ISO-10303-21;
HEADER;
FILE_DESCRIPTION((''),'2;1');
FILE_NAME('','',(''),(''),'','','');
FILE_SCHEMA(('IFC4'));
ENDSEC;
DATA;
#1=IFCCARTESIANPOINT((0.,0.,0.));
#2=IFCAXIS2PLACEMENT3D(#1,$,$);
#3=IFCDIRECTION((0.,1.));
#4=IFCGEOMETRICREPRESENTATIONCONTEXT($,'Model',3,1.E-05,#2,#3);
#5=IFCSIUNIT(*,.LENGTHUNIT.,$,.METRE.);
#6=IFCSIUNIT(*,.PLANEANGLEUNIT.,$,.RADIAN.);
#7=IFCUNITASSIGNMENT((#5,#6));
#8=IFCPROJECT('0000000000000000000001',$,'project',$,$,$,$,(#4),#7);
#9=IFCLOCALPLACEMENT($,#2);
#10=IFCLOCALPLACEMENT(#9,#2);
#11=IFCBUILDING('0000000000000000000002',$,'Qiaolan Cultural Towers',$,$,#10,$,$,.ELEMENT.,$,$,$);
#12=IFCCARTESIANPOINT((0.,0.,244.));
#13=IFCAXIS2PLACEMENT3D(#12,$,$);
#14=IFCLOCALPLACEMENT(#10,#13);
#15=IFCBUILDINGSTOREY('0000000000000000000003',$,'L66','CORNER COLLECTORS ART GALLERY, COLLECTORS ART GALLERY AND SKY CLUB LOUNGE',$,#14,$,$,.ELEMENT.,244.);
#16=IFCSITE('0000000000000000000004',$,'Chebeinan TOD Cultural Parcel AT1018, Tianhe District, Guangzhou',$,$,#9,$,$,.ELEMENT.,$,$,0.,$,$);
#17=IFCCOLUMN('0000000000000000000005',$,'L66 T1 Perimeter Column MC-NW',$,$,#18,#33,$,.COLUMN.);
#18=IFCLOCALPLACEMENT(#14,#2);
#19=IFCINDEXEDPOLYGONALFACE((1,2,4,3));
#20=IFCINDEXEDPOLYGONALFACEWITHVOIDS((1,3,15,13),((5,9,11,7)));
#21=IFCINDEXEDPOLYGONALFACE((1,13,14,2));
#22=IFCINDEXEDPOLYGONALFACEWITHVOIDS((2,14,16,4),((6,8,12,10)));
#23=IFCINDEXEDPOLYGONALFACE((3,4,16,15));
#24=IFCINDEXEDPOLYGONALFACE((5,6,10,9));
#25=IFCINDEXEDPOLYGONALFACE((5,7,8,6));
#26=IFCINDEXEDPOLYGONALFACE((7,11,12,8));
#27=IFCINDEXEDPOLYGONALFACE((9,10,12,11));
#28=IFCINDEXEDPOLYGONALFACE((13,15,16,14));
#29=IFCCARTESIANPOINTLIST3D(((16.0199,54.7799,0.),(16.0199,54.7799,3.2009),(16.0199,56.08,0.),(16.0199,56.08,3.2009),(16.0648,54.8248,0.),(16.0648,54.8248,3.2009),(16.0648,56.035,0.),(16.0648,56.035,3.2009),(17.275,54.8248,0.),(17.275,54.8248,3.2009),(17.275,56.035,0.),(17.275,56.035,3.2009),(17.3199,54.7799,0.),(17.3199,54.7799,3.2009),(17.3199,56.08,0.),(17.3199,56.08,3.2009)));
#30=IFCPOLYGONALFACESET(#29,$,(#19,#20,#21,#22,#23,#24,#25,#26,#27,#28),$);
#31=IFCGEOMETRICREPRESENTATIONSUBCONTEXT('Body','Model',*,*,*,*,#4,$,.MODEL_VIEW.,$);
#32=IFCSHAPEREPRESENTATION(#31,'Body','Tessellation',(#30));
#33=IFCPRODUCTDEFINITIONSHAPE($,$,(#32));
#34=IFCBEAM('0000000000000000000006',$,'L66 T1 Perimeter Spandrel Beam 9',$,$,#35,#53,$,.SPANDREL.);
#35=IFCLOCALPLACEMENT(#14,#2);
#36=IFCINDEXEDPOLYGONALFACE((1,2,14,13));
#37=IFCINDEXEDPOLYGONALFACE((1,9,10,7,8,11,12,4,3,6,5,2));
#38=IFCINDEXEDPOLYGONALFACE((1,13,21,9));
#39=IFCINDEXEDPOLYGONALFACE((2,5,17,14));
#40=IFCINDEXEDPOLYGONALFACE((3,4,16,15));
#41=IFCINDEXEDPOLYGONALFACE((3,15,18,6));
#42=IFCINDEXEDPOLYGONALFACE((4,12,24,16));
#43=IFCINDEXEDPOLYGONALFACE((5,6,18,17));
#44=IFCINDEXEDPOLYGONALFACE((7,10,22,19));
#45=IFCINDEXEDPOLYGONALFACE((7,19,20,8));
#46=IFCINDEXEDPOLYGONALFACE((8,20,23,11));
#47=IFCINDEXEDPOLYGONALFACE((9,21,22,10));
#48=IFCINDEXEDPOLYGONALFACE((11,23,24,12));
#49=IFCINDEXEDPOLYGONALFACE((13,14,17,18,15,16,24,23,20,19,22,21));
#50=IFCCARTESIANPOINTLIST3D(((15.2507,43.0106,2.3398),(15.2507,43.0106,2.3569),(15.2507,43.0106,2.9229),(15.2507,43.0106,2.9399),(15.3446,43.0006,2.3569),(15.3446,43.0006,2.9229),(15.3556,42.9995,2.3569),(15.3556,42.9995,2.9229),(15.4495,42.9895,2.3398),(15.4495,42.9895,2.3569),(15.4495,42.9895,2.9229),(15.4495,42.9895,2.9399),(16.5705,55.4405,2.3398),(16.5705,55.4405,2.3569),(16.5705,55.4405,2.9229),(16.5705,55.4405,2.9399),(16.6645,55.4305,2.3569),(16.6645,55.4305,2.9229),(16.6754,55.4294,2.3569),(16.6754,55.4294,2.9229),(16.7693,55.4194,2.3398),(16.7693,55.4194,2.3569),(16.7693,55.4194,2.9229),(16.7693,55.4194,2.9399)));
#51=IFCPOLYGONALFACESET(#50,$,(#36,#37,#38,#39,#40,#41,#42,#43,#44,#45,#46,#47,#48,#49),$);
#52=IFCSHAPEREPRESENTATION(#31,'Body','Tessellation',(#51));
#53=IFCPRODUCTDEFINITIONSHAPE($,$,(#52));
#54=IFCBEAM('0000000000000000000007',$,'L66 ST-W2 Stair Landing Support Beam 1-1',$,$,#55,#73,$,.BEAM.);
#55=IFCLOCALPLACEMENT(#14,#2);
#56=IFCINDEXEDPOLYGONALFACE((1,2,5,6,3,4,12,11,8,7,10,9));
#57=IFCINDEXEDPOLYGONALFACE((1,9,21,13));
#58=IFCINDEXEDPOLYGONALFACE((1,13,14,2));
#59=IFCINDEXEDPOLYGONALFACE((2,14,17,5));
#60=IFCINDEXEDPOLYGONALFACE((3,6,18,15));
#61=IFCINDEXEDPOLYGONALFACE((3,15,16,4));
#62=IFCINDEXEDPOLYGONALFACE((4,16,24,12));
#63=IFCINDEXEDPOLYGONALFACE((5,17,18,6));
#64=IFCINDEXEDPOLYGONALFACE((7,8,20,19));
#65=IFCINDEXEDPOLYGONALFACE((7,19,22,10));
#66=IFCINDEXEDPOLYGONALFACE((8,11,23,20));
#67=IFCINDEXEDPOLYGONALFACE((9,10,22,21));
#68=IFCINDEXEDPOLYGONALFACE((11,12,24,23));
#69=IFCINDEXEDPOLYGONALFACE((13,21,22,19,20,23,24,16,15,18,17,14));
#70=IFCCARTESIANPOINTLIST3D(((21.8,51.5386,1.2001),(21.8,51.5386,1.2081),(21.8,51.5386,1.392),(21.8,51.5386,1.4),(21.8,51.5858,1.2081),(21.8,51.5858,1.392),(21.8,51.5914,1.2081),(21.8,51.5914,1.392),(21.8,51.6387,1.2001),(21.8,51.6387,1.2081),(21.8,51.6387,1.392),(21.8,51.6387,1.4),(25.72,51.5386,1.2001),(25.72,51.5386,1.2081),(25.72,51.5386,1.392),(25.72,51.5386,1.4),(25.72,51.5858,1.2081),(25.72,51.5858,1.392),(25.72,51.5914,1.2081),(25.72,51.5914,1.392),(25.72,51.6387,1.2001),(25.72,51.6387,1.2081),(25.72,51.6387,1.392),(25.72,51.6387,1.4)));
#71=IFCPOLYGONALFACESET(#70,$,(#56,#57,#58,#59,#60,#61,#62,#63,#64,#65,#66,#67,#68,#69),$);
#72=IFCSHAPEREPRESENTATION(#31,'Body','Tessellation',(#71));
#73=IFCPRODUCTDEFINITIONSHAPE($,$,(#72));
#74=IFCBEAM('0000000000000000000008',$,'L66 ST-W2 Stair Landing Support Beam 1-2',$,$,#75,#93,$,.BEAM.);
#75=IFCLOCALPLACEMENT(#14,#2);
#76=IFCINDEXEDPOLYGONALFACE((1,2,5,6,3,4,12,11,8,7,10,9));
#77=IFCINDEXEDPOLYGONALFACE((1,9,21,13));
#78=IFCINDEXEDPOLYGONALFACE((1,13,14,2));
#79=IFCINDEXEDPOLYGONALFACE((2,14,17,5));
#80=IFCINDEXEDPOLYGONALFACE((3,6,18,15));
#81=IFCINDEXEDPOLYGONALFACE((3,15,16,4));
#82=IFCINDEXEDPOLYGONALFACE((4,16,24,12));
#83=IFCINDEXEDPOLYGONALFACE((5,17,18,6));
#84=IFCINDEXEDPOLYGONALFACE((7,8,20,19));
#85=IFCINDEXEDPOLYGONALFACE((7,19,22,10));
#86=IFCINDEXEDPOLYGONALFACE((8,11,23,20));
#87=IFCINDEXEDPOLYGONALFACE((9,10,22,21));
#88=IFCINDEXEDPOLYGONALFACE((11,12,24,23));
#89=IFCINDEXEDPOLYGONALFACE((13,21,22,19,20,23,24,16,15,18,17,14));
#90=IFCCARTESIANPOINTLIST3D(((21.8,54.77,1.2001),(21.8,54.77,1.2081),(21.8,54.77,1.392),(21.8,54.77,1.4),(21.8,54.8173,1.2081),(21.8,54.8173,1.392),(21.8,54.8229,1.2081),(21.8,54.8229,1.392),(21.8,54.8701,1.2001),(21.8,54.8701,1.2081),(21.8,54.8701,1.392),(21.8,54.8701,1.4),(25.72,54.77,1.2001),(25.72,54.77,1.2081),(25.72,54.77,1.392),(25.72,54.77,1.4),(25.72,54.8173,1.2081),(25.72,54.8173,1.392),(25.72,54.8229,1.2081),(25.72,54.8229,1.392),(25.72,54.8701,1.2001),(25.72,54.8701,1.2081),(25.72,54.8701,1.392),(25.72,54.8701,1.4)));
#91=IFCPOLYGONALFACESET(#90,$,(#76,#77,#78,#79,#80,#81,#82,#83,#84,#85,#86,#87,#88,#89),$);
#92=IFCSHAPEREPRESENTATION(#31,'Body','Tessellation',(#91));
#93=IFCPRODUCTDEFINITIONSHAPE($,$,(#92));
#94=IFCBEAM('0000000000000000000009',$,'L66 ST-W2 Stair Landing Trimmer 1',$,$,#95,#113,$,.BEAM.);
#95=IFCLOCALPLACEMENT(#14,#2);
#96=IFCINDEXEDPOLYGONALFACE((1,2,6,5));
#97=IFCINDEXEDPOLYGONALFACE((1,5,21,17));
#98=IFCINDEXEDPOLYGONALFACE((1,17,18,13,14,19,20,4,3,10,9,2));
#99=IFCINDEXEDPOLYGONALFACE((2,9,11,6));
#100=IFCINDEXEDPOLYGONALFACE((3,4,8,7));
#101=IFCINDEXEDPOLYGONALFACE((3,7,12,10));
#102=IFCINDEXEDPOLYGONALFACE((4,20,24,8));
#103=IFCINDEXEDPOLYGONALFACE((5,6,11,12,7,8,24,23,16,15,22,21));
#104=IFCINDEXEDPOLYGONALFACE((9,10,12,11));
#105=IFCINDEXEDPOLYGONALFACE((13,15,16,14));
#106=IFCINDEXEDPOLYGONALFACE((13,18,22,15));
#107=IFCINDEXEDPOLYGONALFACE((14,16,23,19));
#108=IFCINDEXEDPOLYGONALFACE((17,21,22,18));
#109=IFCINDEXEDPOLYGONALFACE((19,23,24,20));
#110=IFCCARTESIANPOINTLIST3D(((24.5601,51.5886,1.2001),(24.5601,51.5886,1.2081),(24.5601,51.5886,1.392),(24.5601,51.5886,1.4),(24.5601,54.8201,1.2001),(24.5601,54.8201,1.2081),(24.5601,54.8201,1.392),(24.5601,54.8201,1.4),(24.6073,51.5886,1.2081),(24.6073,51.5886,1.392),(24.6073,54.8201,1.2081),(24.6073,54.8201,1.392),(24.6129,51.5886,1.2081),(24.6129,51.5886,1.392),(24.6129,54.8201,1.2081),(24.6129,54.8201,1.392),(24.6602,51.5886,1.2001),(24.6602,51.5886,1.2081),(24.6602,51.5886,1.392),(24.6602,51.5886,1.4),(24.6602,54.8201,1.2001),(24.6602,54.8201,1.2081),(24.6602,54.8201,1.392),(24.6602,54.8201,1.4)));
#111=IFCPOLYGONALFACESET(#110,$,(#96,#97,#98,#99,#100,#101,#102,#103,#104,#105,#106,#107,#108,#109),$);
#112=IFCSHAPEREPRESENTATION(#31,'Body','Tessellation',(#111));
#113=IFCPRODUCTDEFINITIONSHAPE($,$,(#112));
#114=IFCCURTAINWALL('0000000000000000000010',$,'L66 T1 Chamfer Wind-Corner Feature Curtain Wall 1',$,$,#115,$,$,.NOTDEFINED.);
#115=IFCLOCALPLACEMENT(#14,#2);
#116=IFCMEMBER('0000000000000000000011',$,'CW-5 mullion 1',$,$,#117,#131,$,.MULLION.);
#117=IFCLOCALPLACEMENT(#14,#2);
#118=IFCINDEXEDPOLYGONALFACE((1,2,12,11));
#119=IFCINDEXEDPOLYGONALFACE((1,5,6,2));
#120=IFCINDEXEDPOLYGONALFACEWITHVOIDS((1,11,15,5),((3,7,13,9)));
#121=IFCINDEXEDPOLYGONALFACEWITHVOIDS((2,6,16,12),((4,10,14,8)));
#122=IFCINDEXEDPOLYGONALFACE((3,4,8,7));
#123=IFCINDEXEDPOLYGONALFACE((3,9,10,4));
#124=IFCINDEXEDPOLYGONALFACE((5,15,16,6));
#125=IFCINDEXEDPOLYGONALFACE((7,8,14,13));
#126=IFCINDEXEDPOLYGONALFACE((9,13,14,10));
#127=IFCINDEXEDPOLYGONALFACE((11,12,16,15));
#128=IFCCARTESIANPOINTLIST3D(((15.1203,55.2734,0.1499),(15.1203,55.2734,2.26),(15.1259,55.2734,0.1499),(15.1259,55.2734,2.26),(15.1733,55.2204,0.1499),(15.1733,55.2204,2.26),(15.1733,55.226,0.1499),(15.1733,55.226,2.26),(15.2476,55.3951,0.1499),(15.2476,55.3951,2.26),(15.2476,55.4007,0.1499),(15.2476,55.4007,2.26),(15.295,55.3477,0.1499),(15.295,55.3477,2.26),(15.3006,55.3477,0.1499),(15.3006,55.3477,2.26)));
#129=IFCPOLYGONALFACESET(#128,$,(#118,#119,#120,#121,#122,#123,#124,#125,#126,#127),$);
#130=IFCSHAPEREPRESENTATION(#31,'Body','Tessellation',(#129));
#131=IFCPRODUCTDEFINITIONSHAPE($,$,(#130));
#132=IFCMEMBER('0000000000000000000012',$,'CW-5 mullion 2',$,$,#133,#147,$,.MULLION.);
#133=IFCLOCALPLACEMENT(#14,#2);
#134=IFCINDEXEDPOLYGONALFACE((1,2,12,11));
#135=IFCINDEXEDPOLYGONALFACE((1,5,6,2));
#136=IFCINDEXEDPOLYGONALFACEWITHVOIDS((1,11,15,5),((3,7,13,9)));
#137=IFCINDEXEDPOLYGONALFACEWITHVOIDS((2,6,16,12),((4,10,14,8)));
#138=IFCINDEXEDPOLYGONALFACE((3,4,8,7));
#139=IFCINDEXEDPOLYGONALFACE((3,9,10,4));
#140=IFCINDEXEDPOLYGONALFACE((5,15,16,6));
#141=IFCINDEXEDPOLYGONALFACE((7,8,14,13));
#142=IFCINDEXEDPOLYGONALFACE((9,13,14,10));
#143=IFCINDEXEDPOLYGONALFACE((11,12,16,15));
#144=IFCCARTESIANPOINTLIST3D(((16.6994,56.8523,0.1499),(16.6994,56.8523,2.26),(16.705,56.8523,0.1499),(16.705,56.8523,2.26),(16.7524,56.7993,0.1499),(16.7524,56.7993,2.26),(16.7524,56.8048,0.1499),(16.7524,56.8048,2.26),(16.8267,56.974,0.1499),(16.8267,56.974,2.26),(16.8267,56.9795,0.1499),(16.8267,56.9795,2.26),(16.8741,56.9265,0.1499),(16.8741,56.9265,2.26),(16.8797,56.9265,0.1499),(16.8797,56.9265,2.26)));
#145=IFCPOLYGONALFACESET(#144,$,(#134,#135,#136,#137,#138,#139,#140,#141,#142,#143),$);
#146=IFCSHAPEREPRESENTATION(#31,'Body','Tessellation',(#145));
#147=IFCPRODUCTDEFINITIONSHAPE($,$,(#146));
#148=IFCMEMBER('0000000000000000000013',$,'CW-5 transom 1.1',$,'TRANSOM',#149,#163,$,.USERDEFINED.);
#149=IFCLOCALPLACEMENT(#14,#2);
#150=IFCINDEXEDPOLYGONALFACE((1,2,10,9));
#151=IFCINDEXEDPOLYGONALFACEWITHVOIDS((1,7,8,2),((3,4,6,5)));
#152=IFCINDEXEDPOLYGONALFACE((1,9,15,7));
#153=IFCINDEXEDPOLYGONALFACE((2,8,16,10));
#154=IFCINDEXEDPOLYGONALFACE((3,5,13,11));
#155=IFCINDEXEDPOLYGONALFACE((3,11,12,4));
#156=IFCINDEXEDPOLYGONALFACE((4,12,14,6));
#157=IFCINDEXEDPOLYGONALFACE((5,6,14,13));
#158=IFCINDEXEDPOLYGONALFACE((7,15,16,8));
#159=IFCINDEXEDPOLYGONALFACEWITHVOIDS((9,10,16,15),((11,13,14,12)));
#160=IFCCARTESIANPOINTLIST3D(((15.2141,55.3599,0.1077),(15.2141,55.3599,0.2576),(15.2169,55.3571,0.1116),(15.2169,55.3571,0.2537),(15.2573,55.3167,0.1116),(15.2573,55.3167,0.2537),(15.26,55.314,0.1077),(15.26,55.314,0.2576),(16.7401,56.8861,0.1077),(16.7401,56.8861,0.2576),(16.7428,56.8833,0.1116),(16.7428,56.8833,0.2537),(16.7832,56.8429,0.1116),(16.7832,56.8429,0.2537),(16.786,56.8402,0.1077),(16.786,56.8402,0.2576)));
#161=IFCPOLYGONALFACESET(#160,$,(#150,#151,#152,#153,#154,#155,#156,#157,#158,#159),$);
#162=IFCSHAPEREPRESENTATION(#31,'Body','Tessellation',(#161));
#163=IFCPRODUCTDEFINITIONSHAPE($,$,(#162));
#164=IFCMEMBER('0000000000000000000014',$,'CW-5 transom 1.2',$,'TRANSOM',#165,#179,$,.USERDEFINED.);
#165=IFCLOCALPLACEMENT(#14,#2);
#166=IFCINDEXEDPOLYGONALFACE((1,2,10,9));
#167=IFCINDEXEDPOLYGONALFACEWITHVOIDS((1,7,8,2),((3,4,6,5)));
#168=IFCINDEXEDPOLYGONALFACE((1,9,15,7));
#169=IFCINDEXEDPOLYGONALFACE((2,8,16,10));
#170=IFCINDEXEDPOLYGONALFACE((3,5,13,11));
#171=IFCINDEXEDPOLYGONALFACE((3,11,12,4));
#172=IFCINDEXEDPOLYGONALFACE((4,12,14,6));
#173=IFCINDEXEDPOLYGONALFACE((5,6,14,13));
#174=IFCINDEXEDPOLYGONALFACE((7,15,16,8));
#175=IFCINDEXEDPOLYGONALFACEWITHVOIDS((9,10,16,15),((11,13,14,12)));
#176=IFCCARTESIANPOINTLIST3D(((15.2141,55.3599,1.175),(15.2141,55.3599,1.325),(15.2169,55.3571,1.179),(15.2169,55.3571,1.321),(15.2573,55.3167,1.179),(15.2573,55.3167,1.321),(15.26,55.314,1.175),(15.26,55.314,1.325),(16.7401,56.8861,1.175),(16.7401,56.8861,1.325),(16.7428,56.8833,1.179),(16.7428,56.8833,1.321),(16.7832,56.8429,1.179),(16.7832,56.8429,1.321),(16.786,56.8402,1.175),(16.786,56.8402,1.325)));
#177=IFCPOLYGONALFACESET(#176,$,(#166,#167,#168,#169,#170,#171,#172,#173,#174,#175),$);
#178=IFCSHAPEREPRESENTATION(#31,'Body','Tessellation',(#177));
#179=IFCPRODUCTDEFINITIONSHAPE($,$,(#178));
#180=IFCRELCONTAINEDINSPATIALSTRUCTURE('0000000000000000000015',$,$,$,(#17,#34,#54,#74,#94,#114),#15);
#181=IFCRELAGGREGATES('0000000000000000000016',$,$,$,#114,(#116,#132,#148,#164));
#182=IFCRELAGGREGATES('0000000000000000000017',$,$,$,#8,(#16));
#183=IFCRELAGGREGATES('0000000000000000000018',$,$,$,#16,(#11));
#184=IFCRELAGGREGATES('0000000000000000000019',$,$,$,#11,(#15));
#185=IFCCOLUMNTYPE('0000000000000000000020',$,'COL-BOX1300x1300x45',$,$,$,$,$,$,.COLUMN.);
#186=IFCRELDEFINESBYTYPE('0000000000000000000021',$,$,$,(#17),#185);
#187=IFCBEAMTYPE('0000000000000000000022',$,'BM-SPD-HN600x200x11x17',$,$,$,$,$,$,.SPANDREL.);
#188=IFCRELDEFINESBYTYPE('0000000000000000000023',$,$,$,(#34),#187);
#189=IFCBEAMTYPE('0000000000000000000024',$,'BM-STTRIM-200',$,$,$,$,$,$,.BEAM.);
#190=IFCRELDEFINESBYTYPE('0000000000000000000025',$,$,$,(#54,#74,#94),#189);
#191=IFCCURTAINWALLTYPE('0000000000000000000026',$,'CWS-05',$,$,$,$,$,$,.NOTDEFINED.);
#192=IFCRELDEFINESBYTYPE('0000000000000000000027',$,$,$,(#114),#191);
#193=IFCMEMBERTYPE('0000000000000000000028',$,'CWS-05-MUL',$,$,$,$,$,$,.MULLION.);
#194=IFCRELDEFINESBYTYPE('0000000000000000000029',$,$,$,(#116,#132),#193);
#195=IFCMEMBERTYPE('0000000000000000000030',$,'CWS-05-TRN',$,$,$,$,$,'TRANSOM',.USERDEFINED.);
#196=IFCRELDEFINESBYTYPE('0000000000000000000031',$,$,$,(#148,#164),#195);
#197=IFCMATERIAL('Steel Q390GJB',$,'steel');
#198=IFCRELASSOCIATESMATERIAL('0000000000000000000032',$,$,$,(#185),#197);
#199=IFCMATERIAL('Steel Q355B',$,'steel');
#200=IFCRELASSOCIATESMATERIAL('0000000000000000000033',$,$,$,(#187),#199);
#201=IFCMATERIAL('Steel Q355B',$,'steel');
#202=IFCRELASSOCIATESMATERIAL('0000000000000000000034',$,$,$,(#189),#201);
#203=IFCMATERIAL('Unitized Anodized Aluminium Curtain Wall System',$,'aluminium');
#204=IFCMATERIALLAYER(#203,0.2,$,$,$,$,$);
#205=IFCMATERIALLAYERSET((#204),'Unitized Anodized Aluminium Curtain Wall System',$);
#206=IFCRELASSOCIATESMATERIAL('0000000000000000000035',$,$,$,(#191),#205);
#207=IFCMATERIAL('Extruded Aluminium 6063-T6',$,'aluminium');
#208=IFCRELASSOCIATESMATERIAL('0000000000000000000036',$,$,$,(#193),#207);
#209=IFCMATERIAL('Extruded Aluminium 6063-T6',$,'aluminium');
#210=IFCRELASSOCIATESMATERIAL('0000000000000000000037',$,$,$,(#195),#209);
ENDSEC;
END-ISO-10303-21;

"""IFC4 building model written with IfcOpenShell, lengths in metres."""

from ifc_helpers import new_model, si_unit, direction, frame, origin, origin_2d, place, context, subcontext, project, spatial, hollow_rectangle, i_section, extrude, material, layer, layer_set, material_profile, profile_set, type_object, element, aggregate, save


model = new_model("IFC4")

# Units and contexts
model_context = context("Model", 3, precision=1e-05, world=origin(), true_north=direction((0.0, 1.0)))
body_context = subcontext(model_context, "Body", "Model", "MODEL_VIEW")
ifc_project = project(units=[si_unit("LENGTHUNIT", "METRE"), si_unit("PLANEANGLEUNIT", "RADIAN")], contexts=[model_context])

# Site, building, storey
site_placement = place(None, origin())
site = spatial("IfcSite", under=ifc_project, at=site_placement, Name="Chebeinan TOD Cultural Parcel AT1018, Tianhe District, Guangzhou", CompositionType="ELEMENT", RefElevation=0.0)
building_placement = place(site_placement, origin())
building = spatial("IfcBuilding", under=site, at=building_placement, Name="Qiaolan Cultural Towers", CompositionType="ELEMENT")
storey_placement = place(building_placement, frame((0.0, 0.0, 244.0)))
storey = spatial("IfcBuildingStorey", under=building, at=storey_placement, Name="L66", Description="CORNER COLLECTORS ART GALLERY, COLLECTORS ART GALLERY AND SKY CLUB LOUNGE", CompositionType="ELEMENT", Elevation=244.0)

# Column
ifc_material_1 = material(Name="Steel Q390GJB", Category="steel")
ifc_material_profile_1 = material_profile(ifc_material_1, hollow_rectangle(XDim=1.3, YDim=1.3, WallThickness=0.0449, at=origin_2d()), Name="BOX1300x1300x45")
ifc_profile_set_1 = profile_set([ifc_material_profile_1], Name="Steel Q390GJB")
column_type = type_object("IfcColumnType", Name="COL-BOX1300x1300x45", PredefinedType="COLUMN", material=ifc_profile_set_1)
column_placement = place(storey_placement, frame((16.6699, 55.4299, 0.0), z_axis=(0.0, 0.0, 1.0), x_axis=(1.0, 0.0, 0.0)))
element("IfcColumn", 1, at=column_placement, inside=storey, type_object=column_type, Name="L66 T1 Perimeter Column MC-NW", PredefinedType="COLUMN", context=body_context, shape_type="SweptSolid", body=[
    extrude(hollow_rectangle(XDim=1.3, YDim=1.3, WallThickness=0.0449, at=origin_2d()), origin(), (0.0, 0.0, 1.0), 3.2009),
])

# Beams
ifc_material_2 = material(Name="Steel Q355B", Category="steel")
ifc_material_profile_2 = material_profile(ifc_material_2, i_section(OverallWidth=0.2, OverallDepth=0.6001, WebThickness=0.011, FlangeThickness=0.0171, at=origin_2d()), Name="HN600x200x11x17")
ifc_profile_set_2 = profile_set([ifc_material_profile_2], Name="Steel Q355B")
beam_type_1 = type_object("IfcBeamType", Name="BM-SPD-HN600x200x11x17", PredefinedType="SPANDREL", material=ifc_profile_set_2)
beam_1_placement = place(storey_placement, frame((16.6699, 55.4299, 2.6399), z_axis=(-0.105588, -0.99441, 0.0), x_axis=(0.99441, -0.105588, 0.0)))
element("IfcBeam", 2, at=beam_1_placement, inside=storey, type_object=beam_type_1, Name="L66 T1 Perimeter Spandrel Beam 9", PredefinedType="SPANDREL", context=body_context, shape_type="SweptSolid", body=[
    extrude(i_section(OverallWidth=0.2, OverallDepth=0.6001, WebThickness=0.011, FlangeThickness=0.0171, at=origin_2d()), origin(), (0.0, 0.0, 1.0), 12.4998),
])
ifc_material_3 = material(Name="Steel Q355B", Category="steel")
ifc_material_profile_3 = material_profile(ifc_material_3, i_section(OverallWidth=0.1001, OverallDepth=0.2, WebThickness=0.0056, FlangeThickness=0.0081, at=origin_2d()), Name="HN200x100x5.5x8")
ifc_profile_set_3 = profile_set([ifc_material_profile_3], Name="Steel Q355B")
beam_type_2 = type_object("IfcBeamType", Name="BM-STTRIM-200", PredefinedType="BEAM", material=ifc_profile_set_3)
for number, where, z_axis, x_axis, name in (
    (3, (21.8, 51.5886, 1.3), (1.0, 0.0, 0.0), (0.0, 1.0, 0.0), "L66 ST-W2 Stair Landing Support Beam 1-1"),
    (4, (21.8, 54.8201, 1.3), (1.0, 0.0, 0.0), (0.0, 1.0, 0.0), "L66 ST-W2 Stair Landing Support Beam 1-2"),
):
    element("IfcBeam", number, at=place(storey_placement, frame(where, z_axis=z_axis, x_axis=x_axis)), inside=storey, type_object=beam_type_2, Name=name, PredefinedType="BEAM", context=body_context, shape_type="SweptSolid", body=[
        extrude(i_section(OverallWidth=0.1001, OverallDepth=0.2, WebThickness=0.0056, FlangeThickness=0.0081, at=origin_2d()), origin(), (0.0, 0.0, 1.0), 3.9199),
    ])
beam_2_placement = place(storey_placement, frame((24.6101, 51.5886, 1.3), z_axis=(0.0, 1.0, 0.0), x_axis=(-1.0, 0.0, 0.0)))
element("IfcBeam", 5, at=beam_2_placement, inside=storey, type_object=beam_type_2, Name="L66 ST-W2 Stair Landing Trimmer 1", PredefinedType="BEAM", context=body_context, shape_type="SweptSolid", body=[
    extrude(i_section(OverallWidth=0.1001, OverallDepth=0.2, WebThickness=0.0056, FlangeThickness=0.0081, at=origin_2d()), origin(), (0.0, 0.0, 1.0), 3.2314),
])

# Curtain wall, members
ifc_material_4 = material(Name="Unitized Anodized Aluminium Curtain Wall System", Category="aluminium")
ifc_layer_1 = layer(ifc_material_4, 0.2)
ifc_layer_set_1 = layer_set([ifc_layer_1], Name="Unitized Anodized Aluminium Curtain Wall System")
curtain_wall_type = type_object("IfcCurtainWallType", Name="CWS-05", PredefinedType="NOTDEFINED", material=ifc_layer_set_1)
curtain_wall_placement = place(storey_placement, origin())
curtain_wall = element("IfcCurtainWall", 6, at=curtain_wall_placement, inside=storey, type_object=curtain_wall_type, Name="L66 T1 Chamfer Wind-Corner Feature Curtain Wall 1", PredefinedType="NOTDEFINED")
ifc_material_5 = material(Name="Extruded Aluminium 6063-T6", Category="aluminium")
ifc_material_profile_4 = material_profile(ifc_material_5, hollow_rectangle(XDim=0.075, YDim=0.1799, WallThickness=0.0039, at=origin_2d()), Name="CWM-180x75x4")
ifc_profile_set_4 = profile_set([ifc_material_profile_4], Name="Extruded Aluminium 6063-T6")
member_type_1 = type_object("IfcMemberType", Name="CWS-05-MUL", PredefinedType="MULLION", material=ifc_profile_set_4)
member_1_placement = place(storey_placement, frame((15.2104, 55.3105, 0.1499), z_axis=(0.0, 0.0, 1.0), x_axis=(-0.707107, 0.707107, 0.0)))
member_1 = element("IfcMember", 7, at=member_1_placement, type_object=member_type_1, Name="CW-5 mullion 1", PredefinedType="MULLION", context=body_context, shape_type="SweptSolid", body=[
    extrude(hollow_rectangle(XDim=0.075, YDim=0.1799, WallThickness=0.0039, at=origin_2d()), origin(), (0.0, 0.0, 1.0), 2.1101),
])
member_2_placement = place(storey_placement, frame((16.7896, 56.8894, 0.1499), z_axis=(0.0, 0.0, 1.0), x_axis=(-0.707107, 0.707107, 0.0)))
member_2 = element("IfcMember", 8, at=member_2_placement, type_object=member_type_1, Name="CW-5 mullion 2", PredefinedType="MULLION", context=body_context, shape_type="SweptSolid", body=[
    extrude(hollow_rectangle(XDim=0.075, YDim=0.1799, WallThickness=0.0039, at=origin_2d()), origin(), (0.0, 0.0, 1.0), 2.1101),
])
ifc_material_6 = material(Name="Extruded Aluminium 6063-T6", Category="aluminium")
ifc_material_profile_5 = material_profile(ifc_material_6, hollow_rectangle(XDim=0.0649, YDim=0.1499, WallThickness=0.0039, at=origin_2d()), Name="CWT-150x65x4")
ifc_profile_set_5 = profile_set([ifc_material_profile_5], Name="Extruded Aluminium 6063-T6")
member_type_2 = type_object("IfcMemberType", Name="CWS-05-TRN", ElementType="TRANSOM", PredefinedType="USERDEFINED", material=ifc_profile_set_5)
member_3_placement = place(storey_placement, frame((15.2371, 55.3369, 0.1826), z_axis=(0.70705, 0.707163, 0.0), x_axis=(-0.707163, 0.70705, 0.0)))
member_3 = element("IfcMember", 9, at=member_3_placement, type_object=member_type_2, Name="CW-5 transom 1.1", ObjectType="TRANSOM", PredefinedType="USERDEFINED", context=body_context, shape_type="SweptSolid", body=[
    extrude(hollow_rectangle(XDim=0.0649, YDim=0.1499, WallThickness=0.0039, at=origin_2d()), origin(), (0.0, 0.0, 1.0), 2.1582),
])
member_4_placement = place(storey_placement, frame((15.2371, 55.3369, 1.25), z_axis=(0.70705, 0.707163, 0.0), x_axis=(-0.707163, 0.70705, 0.0)))
member_4 = element("IfcMember", 10, at=member_4_placement, type_object=member_type_2, Name="CW-5 transom 1.2", ObjectType="TRANSOM", PredefinedType="USERDEFINED", context=body_context, shape_type="SweptSolid", body=[
    extrude(hollow_rectangle(XDim=0.0649, YDim=0.1499, WallThickness=0.0039, at=origin_2d()), origin(), (0.0, 0.0, 1.0), 2.1582),
])
aggregate(curtain_wall, [member_1, member_2, member_3, member_4])

save(model, "model.ifc")
